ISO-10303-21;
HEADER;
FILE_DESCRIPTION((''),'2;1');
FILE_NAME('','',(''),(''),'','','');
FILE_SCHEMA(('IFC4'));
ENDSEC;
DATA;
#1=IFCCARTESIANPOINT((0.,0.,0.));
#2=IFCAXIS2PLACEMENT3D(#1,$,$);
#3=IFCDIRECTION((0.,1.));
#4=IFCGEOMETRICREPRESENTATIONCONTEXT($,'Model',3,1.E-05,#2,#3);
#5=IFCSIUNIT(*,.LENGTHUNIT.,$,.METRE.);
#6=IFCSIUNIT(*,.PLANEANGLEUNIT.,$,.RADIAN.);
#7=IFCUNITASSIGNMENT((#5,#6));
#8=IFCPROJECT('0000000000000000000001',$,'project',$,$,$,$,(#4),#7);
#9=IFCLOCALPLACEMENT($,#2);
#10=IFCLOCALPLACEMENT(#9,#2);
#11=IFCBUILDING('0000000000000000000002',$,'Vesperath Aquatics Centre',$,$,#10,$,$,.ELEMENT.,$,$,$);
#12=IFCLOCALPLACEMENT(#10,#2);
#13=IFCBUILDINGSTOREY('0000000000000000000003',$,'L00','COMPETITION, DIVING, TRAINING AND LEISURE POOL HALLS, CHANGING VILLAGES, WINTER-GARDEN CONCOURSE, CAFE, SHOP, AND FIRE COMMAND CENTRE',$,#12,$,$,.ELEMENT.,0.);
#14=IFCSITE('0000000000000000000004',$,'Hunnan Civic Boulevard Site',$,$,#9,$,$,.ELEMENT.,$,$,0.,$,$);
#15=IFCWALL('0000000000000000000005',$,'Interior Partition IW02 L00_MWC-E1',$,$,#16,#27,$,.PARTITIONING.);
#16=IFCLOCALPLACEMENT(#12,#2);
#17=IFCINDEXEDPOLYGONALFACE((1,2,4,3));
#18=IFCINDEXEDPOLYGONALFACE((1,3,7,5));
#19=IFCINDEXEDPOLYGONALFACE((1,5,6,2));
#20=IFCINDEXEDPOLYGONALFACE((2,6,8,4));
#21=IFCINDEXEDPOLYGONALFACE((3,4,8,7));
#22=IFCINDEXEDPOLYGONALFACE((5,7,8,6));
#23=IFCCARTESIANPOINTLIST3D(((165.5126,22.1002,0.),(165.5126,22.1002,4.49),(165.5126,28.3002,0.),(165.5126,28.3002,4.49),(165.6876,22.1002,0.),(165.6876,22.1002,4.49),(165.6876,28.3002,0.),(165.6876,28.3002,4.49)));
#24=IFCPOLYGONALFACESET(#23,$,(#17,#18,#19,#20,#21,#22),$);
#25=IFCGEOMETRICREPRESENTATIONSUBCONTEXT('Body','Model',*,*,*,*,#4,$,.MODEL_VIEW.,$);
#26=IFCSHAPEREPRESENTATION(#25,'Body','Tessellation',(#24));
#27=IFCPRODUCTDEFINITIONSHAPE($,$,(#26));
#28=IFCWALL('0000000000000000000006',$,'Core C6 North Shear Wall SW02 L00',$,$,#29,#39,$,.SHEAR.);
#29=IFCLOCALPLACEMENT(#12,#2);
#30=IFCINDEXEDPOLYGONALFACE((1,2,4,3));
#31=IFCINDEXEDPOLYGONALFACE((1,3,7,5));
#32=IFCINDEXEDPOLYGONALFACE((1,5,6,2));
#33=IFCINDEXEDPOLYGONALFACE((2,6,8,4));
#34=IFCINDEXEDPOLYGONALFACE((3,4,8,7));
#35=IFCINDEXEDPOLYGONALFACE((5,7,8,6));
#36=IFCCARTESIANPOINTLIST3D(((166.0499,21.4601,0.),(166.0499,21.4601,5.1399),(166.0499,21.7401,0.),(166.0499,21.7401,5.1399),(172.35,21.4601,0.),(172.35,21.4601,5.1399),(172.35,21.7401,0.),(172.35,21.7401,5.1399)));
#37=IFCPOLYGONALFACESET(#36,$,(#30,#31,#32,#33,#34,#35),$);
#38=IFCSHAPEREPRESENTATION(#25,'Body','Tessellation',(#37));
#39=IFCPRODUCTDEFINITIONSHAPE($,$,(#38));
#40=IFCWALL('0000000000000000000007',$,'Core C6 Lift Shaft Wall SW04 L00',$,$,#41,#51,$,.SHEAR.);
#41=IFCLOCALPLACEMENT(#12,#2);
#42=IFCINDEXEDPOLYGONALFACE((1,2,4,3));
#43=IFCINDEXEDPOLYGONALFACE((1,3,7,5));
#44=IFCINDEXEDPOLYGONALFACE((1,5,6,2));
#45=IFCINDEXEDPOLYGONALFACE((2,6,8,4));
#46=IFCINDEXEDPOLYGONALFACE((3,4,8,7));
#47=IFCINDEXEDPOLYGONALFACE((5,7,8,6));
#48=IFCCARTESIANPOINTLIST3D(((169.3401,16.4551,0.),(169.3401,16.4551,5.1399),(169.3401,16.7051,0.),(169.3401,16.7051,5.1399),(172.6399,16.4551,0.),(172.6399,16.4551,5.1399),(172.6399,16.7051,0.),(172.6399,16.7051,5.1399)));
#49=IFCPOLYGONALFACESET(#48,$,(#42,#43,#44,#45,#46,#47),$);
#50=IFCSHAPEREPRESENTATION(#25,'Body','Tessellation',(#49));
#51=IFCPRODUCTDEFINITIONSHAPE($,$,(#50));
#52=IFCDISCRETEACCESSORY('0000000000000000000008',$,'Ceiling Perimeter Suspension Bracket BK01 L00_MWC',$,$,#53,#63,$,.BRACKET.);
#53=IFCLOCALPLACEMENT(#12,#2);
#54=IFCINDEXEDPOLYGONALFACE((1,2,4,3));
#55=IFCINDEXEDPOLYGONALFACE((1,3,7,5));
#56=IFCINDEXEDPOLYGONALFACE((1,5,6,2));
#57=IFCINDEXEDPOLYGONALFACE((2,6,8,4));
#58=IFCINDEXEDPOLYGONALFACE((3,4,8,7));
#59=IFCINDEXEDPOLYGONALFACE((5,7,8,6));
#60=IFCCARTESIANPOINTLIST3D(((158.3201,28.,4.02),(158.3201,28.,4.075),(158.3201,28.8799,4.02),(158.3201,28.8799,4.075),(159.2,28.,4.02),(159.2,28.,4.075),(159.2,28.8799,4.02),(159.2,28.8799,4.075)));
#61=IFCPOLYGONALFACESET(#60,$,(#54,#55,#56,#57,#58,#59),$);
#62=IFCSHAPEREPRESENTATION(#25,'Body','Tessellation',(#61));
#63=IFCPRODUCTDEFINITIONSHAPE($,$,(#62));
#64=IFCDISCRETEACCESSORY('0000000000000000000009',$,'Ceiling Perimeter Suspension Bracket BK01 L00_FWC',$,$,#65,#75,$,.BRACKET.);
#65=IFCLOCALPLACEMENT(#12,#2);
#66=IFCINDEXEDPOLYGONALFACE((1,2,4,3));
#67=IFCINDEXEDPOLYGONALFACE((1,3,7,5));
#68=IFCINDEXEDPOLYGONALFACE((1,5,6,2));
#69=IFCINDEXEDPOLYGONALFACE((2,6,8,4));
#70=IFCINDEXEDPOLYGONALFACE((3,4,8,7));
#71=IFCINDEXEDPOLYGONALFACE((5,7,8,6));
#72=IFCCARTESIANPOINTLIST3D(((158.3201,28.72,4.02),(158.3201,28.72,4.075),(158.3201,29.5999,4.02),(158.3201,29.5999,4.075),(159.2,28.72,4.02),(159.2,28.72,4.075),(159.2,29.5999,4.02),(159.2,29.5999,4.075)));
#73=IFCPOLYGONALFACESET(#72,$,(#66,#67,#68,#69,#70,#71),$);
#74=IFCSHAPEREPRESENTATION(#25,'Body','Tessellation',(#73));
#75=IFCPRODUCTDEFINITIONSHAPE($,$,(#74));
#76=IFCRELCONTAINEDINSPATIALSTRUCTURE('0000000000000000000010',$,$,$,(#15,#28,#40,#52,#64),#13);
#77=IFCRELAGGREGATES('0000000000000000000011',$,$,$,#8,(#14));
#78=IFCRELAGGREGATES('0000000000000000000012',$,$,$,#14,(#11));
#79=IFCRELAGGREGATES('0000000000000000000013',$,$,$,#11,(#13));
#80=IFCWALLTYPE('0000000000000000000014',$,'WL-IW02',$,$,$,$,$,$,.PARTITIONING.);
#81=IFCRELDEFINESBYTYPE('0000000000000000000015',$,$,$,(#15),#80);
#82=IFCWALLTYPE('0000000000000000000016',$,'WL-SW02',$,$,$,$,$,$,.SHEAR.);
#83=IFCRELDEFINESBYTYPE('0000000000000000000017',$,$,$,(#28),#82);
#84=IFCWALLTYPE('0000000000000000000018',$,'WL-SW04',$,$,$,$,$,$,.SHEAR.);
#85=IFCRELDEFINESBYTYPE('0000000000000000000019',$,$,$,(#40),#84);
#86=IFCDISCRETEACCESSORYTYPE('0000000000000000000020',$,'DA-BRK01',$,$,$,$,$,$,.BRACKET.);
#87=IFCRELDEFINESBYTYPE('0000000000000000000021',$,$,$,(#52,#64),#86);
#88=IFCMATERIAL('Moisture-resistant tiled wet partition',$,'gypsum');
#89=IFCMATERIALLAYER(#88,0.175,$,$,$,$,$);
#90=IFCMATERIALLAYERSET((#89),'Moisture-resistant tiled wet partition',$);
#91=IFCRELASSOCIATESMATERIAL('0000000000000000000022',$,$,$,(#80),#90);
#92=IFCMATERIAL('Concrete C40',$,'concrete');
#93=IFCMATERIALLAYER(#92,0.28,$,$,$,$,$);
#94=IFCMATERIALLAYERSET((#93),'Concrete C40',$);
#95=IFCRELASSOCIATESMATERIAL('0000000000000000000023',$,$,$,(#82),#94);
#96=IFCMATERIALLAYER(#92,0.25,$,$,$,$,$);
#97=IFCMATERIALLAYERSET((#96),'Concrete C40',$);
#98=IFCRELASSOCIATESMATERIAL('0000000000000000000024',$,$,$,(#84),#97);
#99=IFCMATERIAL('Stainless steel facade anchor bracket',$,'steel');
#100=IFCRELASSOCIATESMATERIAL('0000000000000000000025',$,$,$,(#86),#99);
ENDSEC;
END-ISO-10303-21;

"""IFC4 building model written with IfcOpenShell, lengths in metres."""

from ifc_helpers import new_model, si_unit, direction, frame, frame_2d, origin, origin_2d, place, context, subcontext, project, spatial, rectangle, extrude, material, layer, layer_set, type_object, element, save


model = new_model("IFC4")

# Units and contexts
model_context = context("Model", 3, precision=1e-05, world=origin(), true_north=direction((0.0, 1.0)))
body_context = subcontext(model_context, "Body", "Model", "MODEL_VIEW")
ifc_project = project(units=[si_unit("LENGTHUNIT", "METRE"), si_unit("PLANEANGLEUNIT", "RADIAN")], contexts=[model_context])

# Site, building, storey
site_placement = place(None, origin())
site = spatial("IfcSite", under=ifc_project, at=site_placement, Name="Hunnan Civic Boulevard Site", CompositionType="ELEMENT", RefElevation=0.0)
building_placement = place(site_placement, origin())
building = spatial("IfcBuilding", under=site, at=building_placement, Name="Vesperath Aquatics Centre", CompositionType="ELEMENT")
storey_placement = place(building_placement, origin())
storey = spatial("IfcBuildingStorey", under=building, at=storey_placement, Name="L00", Description="COMPETITION, DIVING, TRAINING AND LEISURE POOL HALLS, CHANGING VILLAGES, WINTER-GARDEN CONCOURSE, CAFE, SHOP, AND FIRE COMMAND CENTRE", CompositionType="ELEMENT", Elevation=0.0)

# Shared definitions
ifc_material_1 = material(Name="Concrete C40", Category="concrete")

# Walls
ifc_material_2 = material(Name="Moisture-resistant tiled wet partition", Category="gypsum")
ifc_layer_1 = layer(ifc_material_2, 0.175)
ifc_layer_set_1 = layer_set([ifc_layer_1], Name="Moisture-resistant tiled wet partition")
wall_type_1 = type_object("IfcWallType", Name="WL-IW02", PredefinedType="PARTITIONING", material=ifc_layer_set_1)
wall_1_placement = place(storey_placement, frame((165.6001, 22.1001, 0.0), z_axis=(0.0, 0.0, 1.0), x_axis=(0.0, 1.0, 0.0)))
element("IfcWall", 1, at=wall_1_placement, inside=storey, type_object=wall_type_1, Name="Interior Partition IW02 L00_MWC-E1", PredefinedType="PARTITIONING", context=body_context, shape_type="SweptSolid", body=[
    extrude(rectangle(XDim=6.2, YDim=0.175, at=frame_2d((3.1001, 0.0))), origin(), (0.0, 0.0, 1.0), 4.49),
])
ifc_layer_2 = layer(ifc_material_1, 0.28)
ifc_layer_set_2 = layer_set([ifc_layer_2], Name="Concrete C40")
wall_type_2 = type_object("IfcWallType", Name="WL-SW02", PredefinedType="SHEAR", material=ifc_layer_set_2)
wall_2_placement = place(storey_placement, frame((166.05, 21.6001, 0.0), z_axis=(0.0, 0.0, 1.0), x_axis=(1.0, 0.0, 0.0)))
element("IfcWall", 2, at=wall_2_placement, inside=storey, type_object=wall_type_2, Name="Core C6 North Shear Wall SW02 L00", PredefinedType="SHEAR", context=body_context, shape_type="SweptSolid", body=[
    extrude(rectangle(XDim=6.3, YDim=0.28, at=frame_2d((3.1499, 0.0))), origin(), (0.0, 0.0, 1.0), 5.1399),
])
ifc_layer_3 = layer(ifc_material_1, 0.25)
ifc_layer_set_3 = layer_set([ifc_layer_3], Name="Concrete C40")
wall_type_3 = type_object("IfcWallType", Name="WL-SW04", PredefinedType="SHEAR", material=ifc_layer_set_3)
wall_3_placement = place(storey_placement, frame((169.3401, 16.5801, 0.0), z_axis=(0.0, 0.0, 1.0), x_axis=(1.0, 0.0, 0.0)))
element("IfcWall", 3, at=wall_3_placement, inside=storey, type_object=wall_type_3, Name="Core C6 Lift Shaft Wall SW04 L00", PredefinedType="SHEAR", context=body_context, shape_type="SweptSolid", body=[
    extrude(rectangle(XDim=3.2998, YDim=0.25, at=frame_2d((1.6499, 0.0))), origin(), (0.0, 0.0, 1.0), 5.1399),
])

# Discrete accessories
ifc_material_3 = material(Name="Stainless steel facade anchor bracket", Category="steel")
discrete_accessory_type = type_object("IfcDiscreteAccessoryType", Name="DA-BRK01", PredefinedType="BRACKET", material=ifc_material_3)
for number, where, z_axis, x_axis, name in (
    (4, (158.76, 28.4399, 4.02), (0.0, 0.0, 1.0), (1.0, 0.0, 0.0), "Ceiling Perimeter Suspension Bracket BK01 L00_MWC"),
    (5, (158.76, 29.1599, 4.02), (0.0, 0.0, 1.0), (1.0, 0.0, 0.0), "Ceiling Perimeter Suspension Bracket BK01 L00_FWC"),
):
    element("IfcDiscreteAccessory", number, at=place(storey_placement, frame(where, z_axis=z_axis, x_axis=x_axis)), inside=storey, type_object=discrete_accessory_type, Name=name, PredefinedType="BRACKET", context=body_context, shape_type="SweptSolid", body=[
        extrude(rectangle(XDim=0.8799, YDim=0.8799, at=origin_2d()), origin(), (0.0, 0.0, 1.0), 0.0549),
    ])

save(model, "model.ifc")
